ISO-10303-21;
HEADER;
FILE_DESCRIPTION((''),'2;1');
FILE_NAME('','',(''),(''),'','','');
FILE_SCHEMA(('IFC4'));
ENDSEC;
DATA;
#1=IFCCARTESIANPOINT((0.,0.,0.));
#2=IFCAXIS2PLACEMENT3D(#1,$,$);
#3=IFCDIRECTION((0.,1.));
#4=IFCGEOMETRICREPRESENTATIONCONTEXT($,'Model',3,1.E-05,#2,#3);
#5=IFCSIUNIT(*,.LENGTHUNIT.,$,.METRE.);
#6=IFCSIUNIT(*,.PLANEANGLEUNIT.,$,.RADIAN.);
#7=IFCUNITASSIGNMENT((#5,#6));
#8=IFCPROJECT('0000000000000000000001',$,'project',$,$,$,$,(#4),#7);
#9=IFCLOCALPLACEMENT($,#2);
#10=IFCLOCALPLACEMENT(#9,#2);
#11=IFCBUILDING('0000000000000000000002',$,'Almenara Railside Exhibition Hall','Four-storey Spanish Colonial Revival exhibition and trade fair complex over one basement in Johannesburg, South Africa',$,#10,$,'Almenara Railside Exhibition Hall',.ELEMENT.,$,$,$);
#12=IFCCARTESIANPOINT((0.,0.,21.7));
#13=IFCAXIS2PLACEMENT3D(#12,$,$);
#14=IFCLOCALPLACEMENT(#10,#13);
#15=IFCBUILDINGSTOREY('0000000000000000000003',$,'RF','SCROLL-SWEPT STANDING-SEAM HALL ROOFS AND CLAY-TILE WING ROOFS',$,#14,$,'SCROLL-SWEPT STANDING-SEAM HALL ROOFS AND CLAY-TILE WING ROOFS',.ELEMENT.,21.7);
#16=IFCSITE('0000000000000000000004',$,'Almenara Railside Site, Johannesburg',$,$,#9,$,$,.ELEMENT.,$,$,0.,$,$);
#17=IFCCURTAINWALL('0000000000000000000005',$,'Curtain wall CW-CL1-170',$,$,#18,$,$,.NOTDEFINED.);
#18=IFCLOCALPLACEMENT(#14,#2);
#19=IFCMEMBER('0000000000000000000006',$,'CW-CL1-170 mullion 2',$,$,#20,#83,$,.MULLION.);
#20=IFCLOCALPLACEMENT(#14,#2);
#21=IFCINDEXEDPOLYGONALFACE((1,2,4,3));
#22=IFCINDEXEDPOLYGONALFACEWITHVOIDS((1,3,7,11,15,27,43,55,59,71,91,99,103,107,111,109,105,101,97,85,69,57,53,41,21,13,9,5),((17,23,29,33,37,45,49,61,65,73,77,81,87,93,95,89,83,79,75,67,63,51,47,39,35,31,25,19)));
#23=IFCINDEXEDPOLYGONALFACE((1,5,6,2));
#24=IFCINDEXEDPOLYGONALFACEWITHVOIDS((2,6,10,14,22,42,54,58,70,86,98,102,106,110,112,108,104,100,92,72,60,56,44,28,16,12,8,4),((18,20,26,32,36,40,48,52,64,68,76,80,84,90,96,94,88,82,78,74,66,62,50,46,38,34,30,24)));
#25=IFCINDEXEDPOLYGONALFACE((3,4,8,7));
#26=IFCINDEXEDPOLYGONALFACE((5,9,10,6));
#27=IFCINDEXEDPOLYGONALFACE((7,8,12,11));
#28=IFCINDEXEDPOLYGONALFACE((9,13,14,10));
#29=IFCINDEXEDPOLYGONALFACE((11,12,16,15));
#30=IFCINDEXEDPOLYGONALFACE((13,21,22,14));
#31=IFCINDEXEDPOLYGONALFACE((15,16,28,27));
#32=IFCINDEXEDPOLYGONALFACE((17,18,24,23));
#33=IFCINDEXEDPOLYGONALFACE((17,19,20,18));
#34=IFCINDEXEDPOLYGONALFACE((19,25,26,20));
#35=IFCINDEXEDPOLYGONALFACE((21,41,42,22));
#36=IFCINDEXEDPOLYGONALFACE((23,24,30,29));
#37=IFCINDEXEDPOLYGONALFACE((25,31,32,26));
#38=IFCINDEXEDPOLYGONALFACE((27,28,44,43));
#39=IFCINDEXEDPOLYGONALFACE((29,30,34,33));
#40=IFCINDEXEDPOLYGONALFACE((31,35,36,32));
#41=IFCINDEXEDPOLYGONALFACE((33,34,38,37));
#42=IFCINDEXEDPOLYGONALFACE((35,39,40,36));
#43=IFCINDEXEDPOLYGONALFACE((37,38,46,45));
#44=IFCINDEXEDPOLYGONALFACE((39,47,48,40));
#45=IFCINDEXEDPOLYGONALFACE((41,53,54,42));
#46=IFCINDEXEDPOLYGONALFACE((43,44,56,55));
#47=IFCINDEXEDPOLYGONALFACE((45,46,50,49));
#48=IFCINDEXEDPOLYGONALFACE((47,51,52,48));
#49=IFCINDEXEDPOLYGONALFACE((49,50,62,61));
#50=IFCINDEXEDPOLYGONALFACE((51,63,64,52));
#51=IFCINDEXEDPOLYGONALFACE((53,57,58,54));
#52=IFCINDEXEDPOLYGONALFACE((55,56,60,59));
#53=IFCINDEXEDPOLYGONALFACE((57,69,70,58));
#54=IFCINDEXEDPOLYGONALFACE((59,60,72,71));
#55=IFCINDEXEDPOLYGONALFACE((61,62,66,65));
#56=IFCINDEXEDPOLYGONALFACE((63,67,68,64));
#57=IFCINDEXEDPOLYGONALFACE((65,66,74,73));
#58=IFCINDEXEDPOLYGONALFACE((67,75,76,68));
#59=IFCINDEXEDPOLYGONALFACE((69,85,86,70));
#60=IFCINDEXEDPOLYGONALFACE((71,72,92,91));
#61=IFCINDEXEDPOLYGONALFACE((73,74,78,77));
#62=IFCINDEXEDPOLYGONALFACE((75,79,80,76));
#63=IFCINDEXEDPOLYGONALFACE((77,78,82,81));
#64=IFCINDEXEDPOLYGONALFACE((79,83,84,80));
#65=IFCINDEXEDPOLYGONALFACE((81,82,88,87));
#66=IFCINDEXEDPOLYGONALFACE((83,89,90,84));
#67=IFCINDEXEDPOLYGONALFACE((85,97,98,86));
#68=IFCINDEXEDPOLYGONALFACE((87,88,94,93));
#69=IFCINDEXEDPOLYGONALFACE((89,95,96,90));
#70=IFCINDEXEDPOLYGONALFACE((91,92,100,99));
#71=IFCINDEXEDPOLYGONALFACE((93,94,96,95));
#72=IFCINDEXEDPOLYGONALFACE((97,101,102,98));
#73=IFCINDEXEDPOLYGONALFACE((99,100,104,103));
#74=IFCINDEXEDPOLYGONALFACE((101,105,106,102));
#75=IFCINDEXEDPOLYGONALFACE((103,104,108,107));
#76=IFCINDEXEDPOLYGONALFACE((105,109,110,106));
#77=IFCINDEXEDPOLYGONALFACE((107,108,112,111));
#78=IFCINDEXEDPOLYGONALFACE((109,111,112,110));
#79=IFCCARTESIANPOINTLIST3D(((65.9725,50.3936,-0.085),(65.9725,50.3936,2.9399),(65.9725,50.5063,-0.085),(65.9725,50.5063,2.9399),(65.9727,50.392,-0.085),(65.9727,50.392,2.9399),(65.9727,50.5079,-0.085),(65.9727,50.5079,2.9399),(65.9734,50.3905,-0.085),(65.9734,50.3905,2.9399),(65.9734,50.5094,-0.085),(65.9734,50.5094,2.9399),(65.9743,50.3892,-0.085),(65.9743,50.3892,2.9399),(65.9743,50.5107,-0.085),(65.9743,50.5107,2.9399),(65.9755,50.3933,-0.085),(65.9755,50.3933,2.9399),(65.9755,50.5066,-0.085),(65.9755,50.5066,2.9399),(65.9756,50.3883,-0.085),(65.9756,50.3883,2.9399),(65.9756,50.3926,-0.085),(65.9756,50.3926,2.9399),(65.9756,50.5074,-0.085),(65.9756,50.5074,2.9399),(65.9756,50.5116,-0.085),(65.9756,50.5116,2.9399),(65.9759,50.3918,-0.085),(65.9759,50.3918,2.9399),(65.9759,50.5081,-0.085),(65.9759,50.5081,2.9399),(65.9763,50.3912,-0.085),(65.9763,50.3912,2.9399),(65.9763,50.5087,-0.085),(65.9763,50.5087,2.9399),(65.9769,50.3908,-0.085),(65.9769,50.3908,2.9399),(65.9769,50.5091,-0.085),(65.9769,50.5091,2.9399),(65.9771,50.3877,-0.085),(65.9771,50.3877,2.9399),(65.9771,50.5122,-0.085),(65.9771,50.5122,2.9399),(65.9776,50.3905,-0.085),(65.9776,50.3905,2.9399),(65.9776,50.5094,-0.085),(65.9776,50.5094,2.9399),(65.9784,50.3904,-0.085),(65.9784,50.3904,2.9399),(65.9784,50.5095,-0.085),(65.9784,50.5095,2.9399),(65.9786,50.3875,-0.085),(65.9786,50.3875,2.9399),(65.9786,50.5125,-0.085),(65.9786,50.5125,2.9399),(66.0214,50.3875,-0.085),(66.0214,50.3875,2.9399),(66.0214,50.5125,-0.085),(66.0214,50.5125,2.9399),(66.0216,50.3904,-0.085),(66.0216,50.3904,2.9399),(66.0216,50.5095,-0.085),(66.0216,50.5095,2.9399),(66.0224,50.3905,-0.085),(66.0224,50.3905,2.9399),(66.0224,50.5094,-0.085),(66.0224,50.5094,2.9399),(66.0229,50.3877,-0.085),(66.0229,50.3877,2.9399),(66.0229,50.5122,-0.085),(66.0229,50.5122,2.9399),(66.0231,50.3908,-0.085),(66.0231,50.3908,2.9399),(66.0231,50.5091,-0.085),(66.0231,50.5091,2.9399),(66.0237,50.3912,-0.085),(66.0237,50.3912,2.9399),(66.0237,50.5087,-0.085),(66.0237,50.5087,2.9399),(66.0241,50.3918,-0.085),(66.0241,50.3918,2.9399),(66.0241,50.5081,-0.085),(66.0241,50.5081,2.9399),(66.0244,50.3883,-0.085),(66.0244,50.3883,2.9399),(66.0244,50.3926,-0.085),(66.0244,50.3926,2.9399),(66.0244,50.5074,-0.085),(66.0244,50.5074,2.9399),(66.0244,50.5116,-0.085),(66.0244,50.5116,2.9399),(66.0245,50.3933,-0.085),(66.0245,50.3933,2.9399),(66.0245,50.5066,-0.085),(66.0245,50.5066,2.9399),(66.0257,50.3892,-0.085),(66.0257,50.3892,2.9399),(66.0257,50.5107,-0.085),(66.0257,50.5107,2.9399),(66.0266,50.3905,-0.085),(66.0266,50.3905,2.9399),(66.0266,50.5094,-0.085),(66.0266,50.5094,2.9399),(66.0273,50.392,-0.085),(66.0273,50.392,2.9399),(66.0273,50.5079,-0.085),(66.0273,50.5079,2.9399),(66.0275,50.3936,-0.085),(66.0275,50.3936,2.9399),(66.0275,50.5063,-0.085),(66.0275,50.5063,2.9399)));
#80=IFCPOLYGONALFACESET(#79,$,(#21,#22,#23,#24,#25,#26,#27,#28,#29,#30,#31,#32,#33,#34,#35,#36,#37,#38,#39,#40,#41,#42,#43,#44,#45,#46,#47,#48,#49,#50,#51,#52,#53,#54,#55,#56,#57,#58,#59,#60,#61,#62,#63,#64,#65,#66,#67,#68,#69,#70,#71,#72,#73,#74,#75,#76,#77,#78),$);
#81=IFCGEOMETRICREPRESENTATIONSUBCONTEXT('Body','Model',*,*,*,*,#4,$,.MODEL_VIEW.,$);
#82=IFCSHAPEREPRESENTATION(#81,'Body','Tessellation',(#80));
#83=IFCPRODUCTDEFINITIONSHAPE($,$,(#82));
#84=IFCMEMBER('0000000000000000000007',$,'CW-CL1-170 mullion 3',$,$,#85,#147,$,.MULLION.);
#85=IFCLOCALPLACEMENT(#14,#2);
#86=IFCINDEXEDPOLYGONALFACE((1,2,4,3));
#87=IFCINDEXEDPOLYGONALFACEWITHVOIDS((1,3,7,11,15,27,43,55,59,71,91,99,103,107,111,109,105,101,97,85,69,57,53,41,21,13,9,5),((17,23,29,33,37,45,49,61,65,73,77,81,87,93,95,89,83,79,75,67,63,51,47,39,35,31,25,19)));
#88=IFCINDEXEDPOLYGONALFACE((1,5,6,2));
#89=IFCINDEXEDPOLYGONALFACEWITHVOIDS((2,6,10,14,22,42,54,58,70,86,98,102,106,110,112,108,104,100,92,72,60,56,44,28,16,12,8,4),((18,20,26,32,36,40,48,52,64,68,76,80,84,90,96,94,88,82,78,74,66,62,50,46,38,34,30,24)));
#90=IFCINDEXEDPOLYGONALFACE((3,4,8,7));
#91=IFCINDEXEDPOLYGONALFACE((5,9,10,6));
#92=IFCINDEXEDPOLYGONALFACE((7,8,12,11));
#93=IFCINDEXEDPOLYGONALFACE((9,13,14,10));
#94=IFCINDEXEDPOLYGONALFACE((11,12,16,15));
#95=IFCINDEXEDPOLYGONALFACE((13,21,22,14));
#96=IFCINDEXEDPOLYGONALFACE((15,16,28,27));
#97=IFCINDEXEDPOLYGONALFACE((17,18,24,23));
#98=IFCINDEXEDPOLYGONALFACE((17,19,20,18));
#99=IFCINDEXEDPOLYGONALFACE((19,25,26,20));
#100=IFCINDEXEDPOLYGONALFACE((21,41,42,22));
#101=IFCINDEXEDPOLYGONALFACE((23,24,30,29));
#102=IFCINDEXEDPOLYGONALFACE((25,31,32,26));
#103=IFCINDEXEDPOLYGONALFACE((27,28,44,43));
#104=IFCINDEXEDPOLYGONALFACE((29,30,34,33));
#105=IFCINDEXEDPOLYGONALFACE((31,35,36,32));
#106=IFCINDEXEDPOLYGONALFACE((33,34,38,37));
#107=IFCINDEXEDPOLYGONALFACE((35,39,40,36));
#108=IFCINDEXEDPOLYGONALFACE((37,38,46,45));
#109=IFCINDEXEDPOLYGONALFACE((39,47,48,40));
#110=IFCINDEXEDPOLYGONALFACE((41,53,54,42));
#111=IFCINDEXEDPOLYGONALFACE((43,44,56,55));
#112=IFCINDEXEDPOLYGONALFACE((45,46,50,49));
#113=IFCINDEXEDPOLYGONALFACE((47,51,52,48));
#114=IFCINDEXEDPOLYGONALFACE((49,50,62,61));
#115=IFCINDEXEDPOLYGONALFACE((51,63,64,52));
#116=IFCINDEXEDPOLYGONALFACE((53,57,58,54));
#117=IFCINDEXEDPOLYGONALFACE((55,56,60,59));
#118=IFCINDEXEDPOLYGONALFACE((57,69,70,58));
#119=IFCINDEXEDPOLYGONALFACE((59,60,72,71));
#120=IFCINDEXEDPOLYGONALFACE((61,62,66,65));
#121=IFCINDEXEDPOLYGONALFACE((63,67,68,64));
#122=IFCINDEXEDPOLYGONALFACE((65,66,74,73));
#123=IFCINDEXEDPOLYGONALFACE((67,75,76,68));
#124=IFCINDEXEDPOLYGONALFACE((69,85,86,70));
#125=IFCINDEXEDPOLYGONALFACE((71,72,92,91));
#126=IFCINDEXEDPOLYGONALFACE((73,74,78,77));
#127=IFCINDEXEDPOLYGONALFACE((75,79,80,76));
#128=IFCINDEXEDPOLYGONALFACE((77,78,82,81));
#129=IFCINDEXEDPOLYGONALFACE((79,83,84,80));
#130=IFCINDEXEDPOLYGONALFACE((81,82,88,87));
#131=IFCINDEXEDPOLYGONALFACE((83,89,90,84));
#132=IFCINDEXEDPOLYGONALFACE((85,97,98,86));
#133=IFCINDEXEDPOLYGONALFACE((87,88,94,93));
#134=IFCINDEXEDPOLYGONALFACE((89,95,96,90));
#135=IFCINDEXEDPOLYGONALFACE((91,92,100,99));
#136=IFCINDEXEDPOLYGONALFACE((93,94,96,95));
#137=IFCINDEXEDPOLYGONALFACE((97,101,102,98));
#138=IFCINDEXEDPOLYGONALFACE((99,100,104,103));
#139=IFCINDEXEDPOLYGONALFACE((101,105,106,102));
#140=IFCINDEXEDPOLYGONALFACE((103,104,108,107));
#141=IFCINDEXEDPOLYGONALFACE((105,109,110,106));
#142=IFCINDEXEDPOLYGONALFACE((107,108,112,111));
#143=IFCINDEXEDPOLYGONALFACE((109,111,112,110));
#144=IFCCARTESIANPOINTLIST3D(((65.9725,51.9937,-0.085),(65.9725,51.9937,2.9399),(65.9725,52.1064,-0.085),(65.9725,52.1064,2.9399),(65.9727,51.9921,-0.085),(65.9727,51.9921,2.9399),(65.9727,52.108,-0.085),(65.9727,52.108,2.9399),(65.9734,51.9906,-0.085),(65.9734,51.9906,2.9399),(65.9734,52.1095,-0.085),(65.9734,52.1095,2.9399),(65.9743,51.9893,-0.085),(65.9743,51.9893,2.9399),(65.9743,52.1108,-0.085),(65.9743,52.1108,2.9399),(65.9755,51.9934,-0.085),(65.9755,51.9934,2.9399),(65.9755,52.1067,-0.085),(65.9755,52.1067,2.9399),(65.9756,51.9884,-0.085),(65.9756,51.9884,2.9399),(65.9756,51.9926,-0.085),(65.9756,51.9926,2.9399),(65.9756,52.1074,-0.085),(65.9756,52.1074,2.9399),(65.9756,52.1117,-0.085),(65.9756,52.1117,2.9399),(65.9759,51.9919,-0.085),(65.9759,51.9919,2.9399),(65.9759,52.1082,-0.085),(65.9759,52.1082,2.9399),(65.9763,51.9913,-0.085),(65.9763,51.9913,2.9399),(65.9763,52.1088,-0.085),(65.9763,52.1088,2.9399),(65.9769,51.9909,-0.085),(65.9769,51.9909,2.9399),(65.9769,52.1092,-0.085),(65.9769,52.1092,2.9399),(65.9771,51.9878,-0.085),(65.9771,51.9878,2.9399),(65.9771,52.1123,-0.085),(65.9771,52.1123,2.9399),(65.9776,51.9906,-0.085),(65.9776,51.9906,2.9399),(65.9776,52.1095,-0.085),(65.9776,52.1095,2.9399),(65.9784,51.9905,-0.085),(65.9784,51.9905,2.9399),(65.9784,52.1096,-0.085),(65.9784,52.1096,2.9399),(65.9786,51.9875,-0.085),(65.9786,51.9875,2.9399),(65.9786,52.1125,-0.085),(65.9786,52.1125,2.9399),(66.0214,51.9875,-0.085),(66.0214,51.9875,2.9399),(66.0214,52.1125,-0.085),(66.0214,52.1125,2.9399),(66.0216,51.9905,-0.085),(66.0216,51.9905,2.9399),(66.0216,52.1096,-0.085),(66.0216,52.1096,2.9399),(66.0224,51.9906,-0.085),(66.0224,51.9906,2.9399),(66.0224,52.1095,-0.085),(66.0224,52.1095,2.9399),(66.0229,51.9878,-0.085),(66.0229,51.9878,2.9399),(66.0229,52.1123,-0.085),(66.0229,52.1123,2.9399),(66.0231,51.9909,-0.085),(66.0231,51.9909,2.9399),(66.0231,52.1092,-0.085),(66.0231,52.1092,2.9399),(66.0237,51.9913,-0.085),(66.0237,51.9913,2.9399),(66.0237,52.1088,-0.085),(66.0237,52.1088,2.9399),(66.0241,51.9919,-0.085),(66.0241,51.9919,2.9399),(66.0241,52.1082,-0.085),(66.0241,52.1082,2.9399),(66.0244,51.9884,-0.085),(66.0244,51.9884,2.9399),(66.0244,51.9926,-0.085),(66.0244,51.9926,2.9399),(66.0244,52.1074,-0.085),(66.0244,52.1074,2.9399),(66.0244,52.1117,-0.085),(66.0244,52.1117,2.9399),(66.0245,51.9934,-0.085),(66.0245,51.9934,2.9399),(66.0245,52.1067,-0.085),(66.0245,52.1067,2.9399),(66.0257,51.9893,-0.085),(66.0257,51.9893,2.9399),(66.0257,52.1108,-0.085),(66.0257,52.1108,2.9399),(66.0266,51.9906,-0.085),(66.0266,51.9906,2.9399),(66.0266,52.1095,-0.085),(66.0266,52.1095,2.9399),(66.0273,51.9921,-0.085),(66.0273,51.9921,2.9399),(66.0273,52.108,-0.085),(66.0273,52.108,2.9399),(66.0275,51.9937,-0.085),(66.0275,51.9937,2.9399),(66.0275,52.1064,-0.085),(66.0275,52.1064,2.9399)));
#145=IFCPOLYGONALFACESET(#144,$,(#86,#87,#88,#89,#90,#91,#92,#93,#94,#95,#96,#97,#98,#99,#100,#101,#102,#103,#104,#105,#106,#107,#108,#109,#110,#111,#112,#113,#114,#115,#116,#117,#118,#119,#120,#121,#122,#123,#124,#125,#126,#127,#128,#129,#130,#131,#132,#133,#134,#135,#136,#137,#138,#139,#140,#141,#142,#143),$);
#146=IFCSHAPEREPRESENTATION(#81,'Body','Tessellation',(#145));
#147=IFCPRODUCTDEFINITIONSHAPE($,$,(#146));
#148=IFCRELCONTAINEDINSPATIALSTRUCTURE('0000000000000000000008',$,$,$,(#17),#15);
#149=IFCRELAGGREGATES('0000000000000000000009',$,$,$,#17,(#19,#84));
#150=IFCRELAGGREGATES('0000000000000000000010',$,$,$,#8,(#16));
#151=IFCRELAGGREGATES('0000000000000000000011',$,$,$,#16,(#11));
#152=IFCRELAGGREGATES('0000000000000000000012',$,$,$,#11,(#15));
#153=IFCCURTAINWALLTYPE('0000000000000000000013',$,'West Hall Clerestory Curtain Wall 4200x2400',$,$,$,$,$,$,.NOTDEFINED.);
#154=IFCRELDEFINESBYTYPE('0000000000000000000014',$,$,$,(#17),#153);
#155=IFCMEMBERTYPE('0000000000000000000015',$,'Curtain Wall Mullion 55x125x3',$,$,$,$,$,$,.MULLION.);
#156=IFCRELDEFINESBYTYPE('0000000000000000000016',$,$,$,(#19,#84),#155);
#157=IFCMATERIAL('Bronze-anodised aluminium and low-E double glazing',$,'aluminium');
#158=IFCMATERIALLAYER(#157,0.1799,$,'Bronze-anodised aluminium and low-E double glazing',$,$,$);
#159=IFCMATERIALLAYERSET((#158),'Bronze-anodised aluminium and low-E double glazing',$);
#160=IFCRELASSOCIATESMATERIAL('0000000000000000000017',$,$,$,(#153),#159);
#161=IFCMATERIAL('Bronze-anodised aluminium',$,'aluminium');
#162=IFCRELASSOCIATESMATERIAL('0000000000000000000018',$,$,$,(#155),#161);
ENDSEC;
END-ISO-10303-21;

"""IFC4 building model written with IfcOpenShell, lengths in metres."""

from ifc_helpers import new_model, si_unit, direction, frame, origin, origin_2d, place, context, subcontext, project, spatial, hollow_rectangle, extrude, material, layer, layer_set, material_profile, profile_set, type_object, element, aggregate, save


model = new_model("IFC4")

# Units and contexts
model_context = context("Model", 3, precision=1e-05, world=origin(), true_north=direction((0.0, 1.0)))
body_context = subcontext(model_context, "Body", "Model", "MODEL_VIEW")
ifc_project = project(units=[si_unit("LENGTHUNIT", "METRE"), si_unit("PLANEANGLEUNIT", "RADIAN")], contexts=[model_context])

# Site, building, storey
site_placement = place(None, origin())
site = spatial("IfcSite", under=ifc_project, at=site_placement, Name="Almenara Railside Site, Johannesburg", CompositionType="ELEMENT", RefElevation=0.0)
building_placement = place(site_placement, origin())
building = spatial("IfcBuilding", under=site, at=building_placement, Name="Almenara Railside Exhibition Hall", Description="Four-storey Spanish Colonial Revival exhibition and trade fair complex over one basement in Johannesburg, South Africa", LongName="Almenara Railside Exhibition Hall", CompositionType="ELEMENT")
storey_placement = place(building_placement, frame((0.0, 0.0, 21.7)))
storey = spatial("IfcBuildingStorey", under=building, at=storey_placement, Name="RF", Description="SCROLL-SWEPT STANDING-SEAM HALL ROOFS AND CLAY-TILE WING ROOFS", LongName="SCROLL-SWEPT STANDING-SEAM HALL ROOFS AND CLAY-TILE WING ROOFS", CompositionType="ELEMENT", Elevation=21.7)

# Curtain wall, members
ifc_material_1 = material(Name="Bronze-anodised aluminium and low-E double glazing", Category="aluminium")
ifc_layer_1 = layer(ifc_material_1, 0.1799, Name="Bronze-anodised aluminium and low-E double glazing")
ifc_layer_set_1 = layer_set([ifc_layer_1], Name="Bronze-anodised aluminium and low-E double glazing")
curtain_wall_type = type_object("IfcCurtainWallType", Name="West Hall Clerestory Curtain Wall 4200x2400", PredefinedType="NOTDEFINED", material=ifc_layer_set_1)
curtain_wall_1_placement = place(storey_placement, origin())
curtain_wall_1 = element("IfcCurtainWall", 1, at=curtain_wall_1_placement, inside=storey, type_object=curtain_wall_type, Name="Curtain wall CW-CL1-170", PredefinedType="NOTDEFINED")
ifc_material_2 = material(Name="Bronze-anodised aluminium", Category="aluminium")
ifc_material_profile_1 = material_profile(ifc_material_2, hollow_rectangle(XDim=0.0549, YDim=0.125, WallThickness=0.0029, InnerFilletRadius=0.0029, OuterFilletRadius=0.0061, at=origin_2d()), Name="ALU-MUL 55x125x3")
ifc_profile_set_1 = profile_set([ifc_material_profile_1], Name="Bronze-anodised aluminium")
member_type_1 = type_object("IfcMemberType", Name="Curtain Wall Mullion 55x125x3", PredefinedType="MULLION", material=ifc_profile_set_1)
member_1_placement = place(storey_placement, frame((66.0, 50.45, -0.085), z_axis=(0.0, 0.0, 1.0), x_axis=(-1.0, 0.0, 0.0)))
member_1 = element("IfcMember", 2, at=member_1_placement, type_object=member_type_1, Name="CW-CL1-170 mullion 2", PredefinedType="MULLION", context=body_context, shape_type="SweptSolid", body=[
    extrude(hollow_rectangle(XDim=0.0549, YDim=0.125, WallThickness=0.0029, InnerFilletRadius=0.0029, OuterFilletRadius=0.0061, at=origin_2d()), origin(), (0.0, 0.0, 1.0), 3.0249),
])
member_2_placement = place(storey_placement, frame((66.0, 52.05, -0.085), z_axis=(0.0, 0.0, 1.0), x_axis=(-1.0, 0.0, 0.0)))
member_2 = element("IfcMember", 3, at=member_2_placement, type_object=member_type_1, Name="CW-CL1-170 mullion 3", PredefinedType="MULLION", context=body_context, shape_type="SweptSolid", body=[
    extrude(hollow_rectangle(XDim=0.0549, YDim=0.125, WallThickness=0.0029, InnerFilletRadius=0.0029, OuterFilletRadius=0.0061, at=origin_2d()), origin(), (0.0, 0.0, 1.0), 3.0249),
])

aggregate(curtain_wall_1, [member_1, member_2])

save(model, "model.ifc")
